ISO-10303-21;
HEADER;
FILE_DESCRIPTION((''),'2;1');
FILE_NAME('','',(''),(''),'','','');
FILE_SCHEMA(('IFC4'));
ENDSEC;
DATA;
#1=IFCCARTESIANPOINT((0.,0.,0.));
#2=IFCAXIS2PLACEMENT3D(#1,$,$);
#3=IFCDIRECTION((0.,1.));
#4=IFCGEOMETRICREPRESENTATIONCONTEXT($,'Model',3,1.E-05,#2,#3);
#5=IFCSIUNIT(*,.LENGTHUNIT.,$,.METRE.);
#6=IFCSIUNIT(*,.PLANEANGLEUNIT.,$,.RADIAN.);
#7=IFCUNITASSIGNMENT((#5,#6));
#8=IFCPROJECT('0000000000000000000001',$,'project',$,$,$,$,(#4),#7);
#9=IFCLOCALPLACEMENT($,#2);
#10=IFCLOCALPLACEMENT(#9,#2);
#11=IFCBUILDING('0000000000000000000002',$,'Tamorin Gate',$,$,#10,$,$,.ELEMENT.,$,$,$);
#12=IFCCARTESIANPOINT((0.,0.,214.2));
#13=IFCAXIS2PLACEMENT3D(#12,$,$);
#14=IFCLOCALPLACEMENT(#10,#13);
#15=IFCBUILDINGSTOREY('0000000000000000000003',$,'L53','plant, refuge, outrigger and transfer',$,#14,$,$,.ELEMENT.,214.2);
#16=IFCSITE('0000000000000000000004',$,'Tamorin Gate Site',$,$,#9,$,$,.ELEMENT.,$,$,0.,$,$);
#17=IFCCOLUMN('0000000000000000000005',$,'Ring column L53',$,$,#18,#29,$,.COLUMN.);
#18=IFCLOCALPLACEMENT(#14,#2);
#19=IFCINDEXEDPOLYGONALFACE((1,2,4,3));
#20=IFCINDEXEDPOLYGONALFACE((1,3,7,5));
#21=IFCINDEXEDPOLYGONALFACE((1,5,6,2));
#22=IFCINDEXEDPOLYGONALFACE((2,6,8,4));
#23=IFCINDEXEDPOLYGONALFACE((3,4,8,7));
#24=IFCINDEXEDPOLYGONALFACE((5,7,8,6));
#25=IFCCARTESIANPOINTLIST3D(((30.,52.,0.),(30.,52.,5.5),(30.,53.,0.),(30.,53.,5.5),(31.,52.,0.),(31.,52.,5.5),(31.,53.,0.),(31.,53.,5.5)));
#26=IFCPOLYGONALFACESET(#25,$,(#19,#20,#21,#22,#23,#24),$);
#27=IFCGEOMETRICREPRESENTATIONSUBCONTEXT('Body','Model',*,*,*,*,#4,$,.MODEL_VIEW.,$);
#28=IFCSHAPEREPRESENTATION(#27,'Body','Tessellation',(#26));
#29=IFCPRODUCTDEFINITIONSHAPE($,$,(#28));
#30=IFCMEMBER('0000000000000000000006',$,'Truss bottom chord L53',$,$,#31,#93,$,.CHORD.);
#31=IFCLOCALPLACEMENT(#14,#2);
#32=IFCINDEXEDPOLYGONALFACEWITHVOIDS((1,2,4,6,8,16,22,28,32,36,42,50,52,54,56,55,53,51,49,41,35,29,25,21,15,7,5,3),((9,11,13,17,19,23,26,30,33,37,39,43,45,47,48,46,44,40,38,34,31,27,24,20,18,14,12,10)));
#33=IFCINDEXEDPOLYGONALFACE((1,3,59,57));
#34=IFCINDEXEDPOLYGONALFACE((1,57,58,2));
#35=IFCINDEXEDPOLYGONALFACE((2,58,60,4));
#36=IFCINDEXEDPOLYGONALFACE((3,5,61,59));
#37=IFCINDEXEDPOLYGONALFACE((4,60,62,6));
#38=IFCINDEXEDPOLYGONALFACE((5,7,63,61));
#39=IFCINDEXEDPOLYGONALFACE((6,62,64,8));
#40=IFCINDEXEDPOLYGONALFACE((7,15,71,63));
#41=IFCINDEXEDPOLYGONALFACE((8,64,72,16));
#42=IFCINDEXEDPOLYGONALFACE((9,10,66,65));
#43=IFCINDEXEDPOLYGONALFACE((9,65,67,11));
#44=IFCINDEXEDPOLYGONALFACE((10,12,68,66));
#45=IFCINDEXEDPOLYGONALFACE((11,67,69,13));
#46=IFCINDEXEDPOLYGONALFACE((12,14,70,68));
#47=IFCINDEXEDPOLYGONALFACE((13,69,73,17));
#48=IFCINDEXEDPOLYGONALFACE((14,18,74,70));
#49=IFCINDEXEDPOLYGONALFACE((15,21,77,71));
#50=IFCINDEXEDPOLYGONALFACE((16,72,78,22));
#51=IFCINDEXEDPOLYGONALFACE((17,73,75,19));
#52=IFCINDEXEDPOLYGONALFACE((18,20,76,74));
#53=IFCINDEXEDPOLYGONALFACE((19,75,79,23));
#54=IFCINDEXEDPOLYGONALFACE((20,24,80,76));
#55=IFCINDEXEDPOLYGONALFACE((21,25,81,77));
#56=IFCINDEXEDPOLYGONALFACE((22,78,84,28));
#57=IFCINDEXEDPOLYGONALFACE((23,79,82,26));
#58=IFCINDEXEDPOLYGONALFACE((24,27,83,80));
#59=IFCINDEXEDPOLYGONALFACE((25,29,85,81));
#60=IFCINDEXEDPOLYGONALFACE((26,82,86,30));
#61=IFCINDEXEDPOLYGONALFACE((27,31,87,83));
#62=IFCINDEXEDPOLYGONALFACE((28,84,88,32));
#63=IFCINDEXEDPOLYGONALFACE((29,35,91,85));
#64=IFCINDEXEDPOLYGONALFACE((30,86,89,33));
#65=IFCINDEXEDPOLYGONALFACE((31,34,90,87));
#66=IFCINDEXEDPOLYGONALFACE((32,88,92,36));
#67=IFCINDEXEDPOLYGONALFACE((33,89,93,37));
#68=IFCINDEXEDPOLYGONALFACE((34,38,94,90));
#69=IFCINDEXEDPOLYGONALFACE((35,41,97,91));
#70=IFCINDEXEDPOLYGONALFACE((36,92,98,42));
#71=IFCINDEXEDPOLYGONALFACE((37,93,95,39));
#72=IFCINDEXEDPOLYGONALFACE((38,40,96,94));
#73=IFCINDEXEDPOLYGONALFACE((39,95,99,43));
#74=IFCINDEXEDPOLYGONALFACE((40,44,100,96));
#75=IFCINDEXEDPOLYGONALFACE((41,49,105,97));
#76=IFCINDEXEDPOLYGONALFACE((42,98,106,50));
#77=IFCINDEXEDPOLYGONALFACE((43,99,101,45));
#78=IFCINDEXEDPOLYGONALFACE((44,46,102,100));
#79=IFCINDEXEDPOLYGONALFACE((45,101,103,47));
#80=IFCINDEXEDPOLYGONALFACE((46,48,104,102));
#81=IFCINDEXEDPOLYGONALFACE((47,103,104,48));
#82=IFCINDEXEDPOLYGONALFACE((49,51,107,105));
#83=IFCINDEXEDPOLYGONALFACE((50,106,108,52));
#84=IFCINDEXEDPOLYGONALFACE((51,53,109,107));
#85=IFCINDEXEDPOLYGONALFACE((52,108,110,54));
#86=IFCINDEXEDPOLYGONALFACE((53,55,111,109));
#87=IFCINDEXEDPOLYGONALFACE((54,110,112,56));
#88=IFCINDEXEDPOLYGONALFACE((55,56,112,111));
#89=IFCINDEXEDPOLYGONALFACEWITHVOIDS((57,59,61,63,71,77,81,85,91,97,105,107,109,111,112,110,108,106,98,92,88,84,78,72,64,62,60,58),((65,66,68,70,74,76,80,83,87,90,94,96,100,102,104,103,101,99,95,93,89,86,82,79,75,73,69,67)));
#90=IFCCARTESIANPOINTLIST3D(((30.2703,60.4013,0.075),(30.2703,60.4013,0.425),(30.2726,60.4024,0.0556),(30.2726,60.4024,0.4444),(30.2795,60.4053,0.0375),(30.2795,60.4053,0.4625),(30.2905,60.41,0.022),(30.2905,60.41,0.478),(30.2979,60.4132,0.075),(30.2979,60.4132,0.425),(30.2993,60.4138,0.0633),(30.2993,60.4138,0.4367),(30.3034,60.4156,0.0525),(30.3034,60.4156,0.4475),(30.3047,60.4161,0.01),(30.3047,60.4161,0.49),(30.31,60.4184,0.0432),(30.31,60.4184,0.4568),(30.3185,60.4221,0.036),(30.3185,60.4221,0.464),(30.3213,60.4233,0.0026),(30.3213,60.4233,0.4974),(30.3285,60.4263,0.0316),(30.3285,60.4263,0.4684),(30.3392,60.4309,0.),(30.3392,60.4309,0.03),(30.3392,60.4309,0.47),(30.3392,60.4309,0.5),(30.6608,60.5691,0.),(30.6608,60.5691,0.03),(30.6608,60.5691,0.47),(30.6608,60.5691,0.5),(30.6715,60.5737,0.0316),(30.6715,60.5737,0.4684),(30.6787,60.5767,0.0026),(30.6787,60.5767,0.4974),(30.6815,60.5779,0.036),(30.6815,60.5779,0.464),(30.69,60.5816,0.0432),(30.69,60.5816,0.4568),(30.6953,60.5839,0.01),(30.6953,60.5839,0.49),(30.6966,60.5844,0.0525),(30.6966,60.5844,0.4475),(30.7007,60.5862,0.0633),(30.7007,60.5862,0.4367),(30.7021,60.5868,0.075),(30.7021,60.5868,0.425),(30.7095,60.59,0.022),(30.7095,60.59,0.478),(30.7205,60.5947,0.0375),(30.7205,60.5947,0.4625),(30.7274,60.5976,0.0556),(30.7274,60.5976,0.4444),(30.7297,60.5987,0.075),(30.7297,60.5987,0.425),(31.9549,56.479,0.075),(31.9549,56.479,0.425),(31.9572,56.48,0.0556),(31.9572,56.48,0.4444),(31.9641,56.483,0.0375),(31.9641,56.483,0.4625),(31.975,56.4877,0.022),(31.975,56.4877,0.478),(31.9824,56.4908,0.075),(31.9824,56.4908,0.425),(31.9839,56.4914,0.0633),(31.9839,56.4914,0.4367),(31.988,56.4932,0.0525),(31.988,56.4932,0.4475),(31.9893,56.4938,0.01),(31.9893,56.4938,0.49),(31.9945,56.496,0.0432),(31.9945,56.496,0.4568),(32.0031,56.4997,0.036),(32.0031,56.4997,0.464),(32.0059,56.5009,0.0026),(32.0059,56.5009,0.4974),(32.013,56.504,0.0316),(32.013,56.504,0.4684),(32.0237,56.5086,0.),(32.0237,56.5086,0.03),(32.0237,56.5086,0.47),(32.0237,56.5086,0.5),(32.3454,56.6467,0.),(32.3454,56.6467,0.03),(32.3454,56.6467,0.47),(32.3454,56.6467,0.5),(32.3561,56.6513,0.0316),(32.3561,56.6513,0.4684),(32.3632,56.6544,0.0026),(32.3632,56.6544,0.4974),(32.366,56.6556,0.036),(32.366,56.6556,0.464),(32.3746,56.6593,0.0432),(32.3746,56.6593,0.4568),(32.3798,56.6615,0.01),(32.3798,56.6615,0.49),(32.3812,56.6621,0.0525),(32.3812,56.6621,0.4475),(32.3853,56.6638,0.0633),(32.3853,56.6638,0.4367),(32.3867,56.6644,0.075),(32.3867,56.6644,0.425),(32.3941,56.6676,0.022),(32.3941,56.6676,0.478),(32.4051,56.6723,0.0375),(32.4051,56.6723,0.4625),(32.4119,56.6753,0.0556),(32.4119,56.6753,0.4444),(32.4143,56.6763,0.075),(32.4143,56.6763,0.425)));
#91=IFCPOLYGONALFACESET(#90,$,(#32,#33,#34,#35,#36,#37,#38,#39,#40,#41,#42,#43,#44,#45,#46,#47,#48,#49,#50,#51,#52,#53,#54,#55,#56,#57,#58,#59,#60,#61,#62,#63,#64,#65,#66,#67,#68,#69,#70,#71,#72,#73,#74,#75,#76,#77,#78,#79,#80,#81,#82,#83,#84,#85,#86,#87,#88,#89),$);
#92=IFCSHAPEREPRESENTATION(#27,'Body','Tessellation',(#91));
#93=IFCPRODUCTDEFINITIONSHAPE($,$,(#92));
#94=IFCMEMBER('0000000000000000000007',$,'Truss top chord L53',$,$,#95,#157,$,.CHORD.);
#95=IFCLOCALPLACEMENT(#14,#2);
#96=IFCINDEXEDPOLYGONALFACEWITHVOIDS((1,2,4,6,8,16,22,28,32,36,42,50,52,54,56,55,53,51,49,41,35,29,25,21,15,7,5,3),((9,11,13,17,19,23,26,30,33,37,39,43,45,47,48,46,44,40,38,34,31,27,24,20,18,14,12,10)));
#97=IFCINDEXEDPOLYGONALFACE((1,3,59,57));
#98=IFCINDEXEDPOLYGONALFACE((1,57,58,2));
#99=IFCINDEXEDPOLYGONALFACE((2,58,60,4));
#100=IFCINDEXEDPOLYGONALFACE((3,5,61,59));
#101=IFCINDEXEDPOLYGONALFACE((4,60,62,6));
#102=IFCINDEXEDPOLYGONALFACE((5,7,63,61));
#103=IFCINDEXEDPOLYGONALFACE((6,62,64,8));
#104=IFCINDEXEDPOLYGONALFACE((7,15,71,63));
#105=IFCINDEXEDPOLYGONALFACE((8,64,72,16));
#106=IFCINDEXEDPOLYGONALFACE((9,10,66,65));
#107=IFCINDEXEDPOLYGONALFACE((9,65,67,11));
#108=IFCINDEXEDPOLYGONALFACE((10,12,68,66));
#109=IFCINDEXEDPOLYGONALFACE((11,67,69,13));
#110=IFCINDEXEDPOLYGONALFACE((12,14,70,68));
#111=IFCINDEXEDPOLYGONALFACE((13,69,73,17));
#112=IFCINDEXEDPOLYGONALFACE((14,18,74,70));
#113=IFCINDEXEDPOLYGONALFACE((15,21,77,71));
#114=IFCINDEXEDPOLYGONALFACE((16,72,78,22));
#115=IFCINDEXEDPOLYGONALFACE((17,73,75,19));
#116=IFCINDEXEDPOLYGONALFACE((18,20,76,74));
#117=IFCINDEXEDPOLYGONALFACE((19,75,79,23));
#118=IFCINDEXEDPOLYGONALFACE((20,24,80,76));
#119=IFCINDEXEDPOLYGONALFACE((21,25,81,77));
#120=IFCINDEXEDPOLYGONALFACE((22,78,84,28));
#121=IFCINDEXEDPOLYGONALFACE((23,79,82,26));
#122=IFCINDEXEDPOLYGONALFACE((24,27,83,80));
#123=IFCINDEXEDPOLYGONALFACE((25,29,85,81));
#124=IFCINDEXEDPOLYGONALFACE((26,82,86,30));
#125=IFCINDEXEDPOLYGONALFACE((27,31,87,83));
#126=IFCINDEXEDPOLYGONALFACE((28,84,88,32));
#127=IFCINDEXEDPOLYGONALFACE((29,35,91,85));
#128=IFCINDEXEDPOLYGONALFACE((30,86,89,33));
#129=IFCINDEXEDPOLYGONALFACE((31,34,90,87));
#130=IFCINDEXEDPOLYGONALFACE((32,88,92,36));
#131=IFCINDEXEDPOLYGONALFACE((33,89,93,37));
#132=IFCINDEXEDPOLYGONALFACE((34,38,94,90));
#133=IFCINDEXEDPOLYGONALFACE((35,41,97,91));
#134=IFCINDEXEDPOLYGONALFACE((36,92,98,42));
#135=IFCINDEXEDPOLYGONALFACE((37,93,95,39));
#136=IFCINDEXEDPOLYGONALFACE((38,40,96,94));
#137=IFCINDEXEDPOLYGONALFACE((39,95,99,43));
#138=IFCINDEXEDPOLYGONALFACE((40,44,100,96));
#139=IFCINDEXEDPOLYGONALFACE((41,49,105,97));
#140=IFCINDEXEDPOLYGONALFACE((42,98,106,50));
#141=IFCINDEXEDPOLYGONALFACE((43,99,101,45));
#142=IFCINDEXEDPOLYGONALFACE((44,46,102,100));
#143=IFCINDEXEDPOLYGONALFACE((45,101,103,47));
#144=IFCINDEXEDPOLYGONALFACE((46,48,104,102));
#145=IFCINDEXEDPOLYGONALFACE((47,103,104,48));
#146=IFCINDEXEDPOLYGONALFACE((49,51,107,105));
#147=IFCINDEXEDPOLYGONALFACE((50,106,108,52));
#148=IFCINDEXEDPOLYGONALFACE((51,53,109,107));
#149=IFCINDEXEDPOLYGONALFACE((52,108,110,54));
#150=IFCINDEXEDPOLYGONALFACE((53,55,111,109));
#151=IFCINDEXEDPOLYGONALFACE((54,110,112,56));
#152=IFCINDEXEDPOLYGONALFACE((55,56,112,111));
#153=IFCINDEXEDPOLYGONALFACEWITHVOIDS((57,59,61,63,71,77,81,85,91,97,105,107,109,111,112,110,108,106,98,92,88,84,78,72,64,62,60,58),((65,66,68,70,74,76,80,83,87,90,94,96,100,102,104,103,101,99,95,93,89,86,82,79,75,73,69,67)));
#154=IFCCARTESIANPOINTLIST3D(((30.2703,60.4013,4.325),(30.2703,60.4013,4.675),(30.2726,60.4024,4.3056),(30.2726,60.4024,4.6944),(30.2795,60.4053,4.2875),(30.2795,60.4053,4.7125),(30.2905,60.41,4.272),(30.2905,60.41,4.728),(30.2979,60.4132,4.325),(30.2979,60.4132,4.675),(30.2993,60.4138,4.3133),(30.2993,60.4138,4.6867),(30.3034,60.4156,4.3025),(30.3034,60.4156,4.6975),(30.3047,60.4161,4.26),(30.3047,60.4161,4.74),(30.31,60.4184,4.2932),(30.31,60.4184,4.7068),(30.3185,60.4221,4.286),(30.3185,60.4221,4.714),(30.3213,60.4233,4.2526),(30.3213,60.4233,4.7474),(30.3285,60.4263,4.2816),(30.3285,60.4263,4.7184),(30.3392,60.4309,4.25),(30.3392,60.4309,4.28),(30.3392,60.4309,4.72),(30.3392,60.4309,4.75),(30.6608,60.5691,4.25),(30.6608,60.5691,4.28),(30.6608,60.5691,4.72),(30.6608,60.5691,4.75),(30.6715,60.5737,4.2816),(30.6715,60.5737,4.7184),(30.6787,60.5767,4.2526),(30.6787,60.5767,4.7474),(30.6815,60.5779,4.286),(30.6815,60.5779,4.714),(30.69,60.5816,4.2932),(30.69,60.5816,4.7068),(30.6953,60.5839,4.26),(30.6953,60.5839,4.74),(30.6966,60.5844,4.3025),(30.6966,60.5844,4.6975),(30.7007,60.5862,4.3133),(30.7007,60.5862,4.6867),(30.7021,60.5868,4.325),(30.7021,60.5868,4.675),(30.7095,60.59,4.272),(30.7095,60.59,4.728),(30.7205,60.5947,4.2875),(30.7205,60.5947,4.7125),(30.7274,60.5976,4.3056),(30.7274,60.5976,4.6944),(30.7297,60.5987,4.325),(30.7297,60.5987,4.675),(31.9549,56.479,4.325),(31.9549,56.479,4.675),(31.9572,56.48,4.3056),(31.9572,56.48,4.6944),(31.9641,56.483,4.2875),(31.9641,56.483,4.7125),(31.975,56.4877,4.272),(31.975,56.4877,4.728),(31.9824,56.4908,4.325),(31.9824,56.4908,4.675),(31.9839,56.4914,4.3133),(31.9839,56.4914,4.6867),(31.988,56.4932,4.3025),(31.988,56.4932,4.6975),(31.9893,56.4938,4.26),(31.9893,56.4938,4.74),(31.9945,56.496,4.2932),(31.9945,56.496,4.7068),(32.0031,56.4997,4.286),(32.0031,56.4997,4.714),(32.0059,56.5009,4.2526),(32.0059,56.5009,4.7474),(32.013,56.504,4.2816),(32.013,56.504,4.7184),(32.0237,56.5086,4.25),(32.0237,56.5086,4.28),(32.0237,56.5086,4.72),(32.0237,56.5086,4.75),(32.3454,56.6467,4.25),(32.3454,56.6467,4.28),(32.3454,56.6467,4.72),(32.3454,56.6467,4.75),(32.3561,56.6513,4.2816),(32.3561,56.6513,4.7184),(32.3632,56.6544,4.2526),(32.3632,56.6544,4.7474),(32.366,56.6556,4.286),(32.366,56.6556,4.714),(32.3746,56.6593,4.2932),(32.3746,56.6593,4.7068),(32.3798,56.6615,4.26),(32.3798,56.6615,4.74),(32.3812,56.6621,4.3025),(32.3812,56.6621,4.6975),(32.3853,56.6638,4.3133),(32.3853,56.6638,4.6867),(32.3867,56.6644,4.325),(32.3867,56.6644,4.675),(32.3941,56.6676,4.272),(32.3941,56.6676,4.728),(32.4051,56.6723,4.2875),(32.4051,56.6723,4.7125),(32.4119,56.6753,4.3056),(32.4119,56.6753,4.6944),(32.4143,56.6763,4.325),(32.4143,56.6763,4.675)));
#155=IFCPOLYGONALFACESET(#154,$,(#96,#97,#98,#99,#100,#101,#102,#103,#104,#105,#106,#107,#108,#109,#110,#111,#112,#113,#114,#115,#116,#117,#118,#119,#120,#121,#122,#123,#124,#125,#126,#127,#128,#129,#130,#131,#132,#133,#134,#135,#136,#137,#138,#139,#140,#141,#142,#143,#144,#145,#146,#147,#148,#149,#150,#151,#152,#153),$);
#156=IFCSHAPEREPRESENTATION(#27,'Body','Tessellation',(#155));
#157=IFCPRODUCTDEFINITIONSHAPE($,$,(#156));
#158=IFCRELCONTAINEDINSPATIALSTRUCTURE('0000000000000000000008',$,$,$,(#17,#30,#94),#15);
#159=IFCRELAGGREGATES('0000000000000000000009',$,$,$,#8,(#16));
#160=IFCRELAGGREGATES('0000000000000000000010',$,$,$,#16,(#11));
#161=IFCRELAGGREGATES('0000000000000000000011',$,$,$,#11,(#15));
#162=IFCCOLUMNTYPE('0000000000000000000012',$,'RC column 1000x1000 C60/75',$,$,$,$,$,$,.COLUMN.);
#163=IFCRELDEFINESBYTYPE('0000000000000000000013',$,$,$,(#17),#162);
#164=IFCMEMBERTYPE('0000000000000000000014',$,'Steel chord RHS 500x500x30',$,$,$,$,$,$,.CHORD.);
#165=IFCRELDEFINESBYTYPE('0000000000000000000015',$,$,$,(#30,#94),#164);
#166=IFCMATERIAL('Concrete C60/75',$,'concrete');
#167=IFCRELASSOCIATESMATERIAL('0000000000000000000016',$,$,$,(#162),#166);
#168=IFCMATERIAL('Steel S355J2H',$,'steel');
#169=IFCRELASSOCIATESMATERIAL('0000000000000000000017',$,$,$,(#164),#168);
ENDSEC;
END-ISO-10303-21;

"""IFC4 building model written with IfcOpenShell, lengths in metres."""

from ifc_helpers import new_model, si_unit, direction, frame, origin, origin_2d, place, context, subcontext, project, spatial, rectangle, hollow_rectangle, extrude, material, material_profile, profile_set, type_object, element, save


model = new_model("IFC4")

# Units and contexts
model_context = context("Model", 3, precision=1e-05, world=origin(), true_north=direction((0.0, 1.0)))
body_context = subcontext(model_context, "Body", "Model", "MODEL_VIEW")
ifc_project = project(units=[si_unit("LENGTHUNIT", "METRE"), si_unit("PLANEANGLEUNIT", "RADIAN")], contexts=[model_context])

# Site, building, storey
site_placement = place(None, origin())
site = spatial("IfcSite", under=ifc_project, at=site_placement, Name="Tamorin Gate Site", CompositionType="ELEMENT", RefElevation=0.0)
building_placement = place(site_placement, origin())
building = spatial("IfcBuilding", under=site, at=building_placement, Name="Tamorin Gate", CompositionType="ELEMENT")
storey_placement = place(building_placement, frame((0.0, 0.0, 214.2)))
storey = spatial("IfcBuildingStorey", under=building, at=storey_placement, Name="L53", Description="plant, refuge, outrigger and transfer", CompositionType="ELEMENT", Elevation=214.2)

# Column
ifc_material_1 = material(Name="Concrete C60/75", Category="concrete")
ifc_material_profile_1 = material_profile(ifc_material_1, rectangle(XDim=1.0, YDim=1.0, at=origin_2d()), Name="RC 1000x1000")
ifc_profile_set_1 = profile_set([ifc_material_profile_1], Name="Concrete C60/75")
column_type = type_object("IfcColumnType", Name="RC column 1000x1000 C60/75", PredefinedType="COLUMN", material=ifc_profile_set_1)
column_placement = place(storey_placement, frame((30.5, 52.5, 0.0), z_axis=(0.0, 0.0, 1.0), x_axis=(1.0, 0.0, 0.0)))
element("IfcColumn", 1, at=column_placement, inside=storey, type_object=column_type, Name="Ring column L53", PredefinedType="COLUMN", context=body_context, shape_type="SweptSolid", body=[
    extrude(rectangle(XDim=1.0, YDim=1.0, at=origin_2d()), origin(), (0.0, 0.0, 1.0), 5.5),
])

# Members
ifc_material_2 = material(Name="Steel S355J2H", Category="steel")
ifc_material_profile_2 = material_profile(ifc_material_2, hollow_rectangle(XDim=0.5, YDim=0.5, WallThickness=0.03, InnerFilletRadius=0.0449, OuterFilletRadius=0.075, at=origin_2d()), Name="RHS 500x500x30")
ifc_profile_set_2 = profile_set([ifc_material_profile_2], Name="Steel S355J2H")
member_type_1 = type_object("IfcMemberType", Name="Steel chord RHS 500x500x30", PredefinedType="CHORD", material=ifc_profile_set_2)
for number, where, z_axis, x_axis, name in (
    (2, (30.5, 60.5, 0.25), (0.394623, -0.918843, 0.0), (0.918843, 0.394623, 0.0), "Truss bottom chord L53"),
    (3, (30.5, 60.5, 4.5), (0.394623, -0.918843, 0.0), (0.918843, 0.394623, 0.0), "Truss top chord L53"),
):
    element("IfcMember", number, at=place(storey_placement, frame(where, z_axis=z_axis, x_axis=x_axis)), inside=storey, type_object=member_type_1, Name=name, PredefinedType="CHORD", context=body_context, shape_type="SweptSolid", body=[
        extrude(hollow_rectangle(XDim=0.5, YDim=0.5, WallThickness=0.03, InnerFilletRadius=0.0449, OuterFilletRadius=0.075, at=origin_2d()), origin(), (0.0, 0.0, 1.0), 4.2688),
    ])

save(model, "model.ifc")
